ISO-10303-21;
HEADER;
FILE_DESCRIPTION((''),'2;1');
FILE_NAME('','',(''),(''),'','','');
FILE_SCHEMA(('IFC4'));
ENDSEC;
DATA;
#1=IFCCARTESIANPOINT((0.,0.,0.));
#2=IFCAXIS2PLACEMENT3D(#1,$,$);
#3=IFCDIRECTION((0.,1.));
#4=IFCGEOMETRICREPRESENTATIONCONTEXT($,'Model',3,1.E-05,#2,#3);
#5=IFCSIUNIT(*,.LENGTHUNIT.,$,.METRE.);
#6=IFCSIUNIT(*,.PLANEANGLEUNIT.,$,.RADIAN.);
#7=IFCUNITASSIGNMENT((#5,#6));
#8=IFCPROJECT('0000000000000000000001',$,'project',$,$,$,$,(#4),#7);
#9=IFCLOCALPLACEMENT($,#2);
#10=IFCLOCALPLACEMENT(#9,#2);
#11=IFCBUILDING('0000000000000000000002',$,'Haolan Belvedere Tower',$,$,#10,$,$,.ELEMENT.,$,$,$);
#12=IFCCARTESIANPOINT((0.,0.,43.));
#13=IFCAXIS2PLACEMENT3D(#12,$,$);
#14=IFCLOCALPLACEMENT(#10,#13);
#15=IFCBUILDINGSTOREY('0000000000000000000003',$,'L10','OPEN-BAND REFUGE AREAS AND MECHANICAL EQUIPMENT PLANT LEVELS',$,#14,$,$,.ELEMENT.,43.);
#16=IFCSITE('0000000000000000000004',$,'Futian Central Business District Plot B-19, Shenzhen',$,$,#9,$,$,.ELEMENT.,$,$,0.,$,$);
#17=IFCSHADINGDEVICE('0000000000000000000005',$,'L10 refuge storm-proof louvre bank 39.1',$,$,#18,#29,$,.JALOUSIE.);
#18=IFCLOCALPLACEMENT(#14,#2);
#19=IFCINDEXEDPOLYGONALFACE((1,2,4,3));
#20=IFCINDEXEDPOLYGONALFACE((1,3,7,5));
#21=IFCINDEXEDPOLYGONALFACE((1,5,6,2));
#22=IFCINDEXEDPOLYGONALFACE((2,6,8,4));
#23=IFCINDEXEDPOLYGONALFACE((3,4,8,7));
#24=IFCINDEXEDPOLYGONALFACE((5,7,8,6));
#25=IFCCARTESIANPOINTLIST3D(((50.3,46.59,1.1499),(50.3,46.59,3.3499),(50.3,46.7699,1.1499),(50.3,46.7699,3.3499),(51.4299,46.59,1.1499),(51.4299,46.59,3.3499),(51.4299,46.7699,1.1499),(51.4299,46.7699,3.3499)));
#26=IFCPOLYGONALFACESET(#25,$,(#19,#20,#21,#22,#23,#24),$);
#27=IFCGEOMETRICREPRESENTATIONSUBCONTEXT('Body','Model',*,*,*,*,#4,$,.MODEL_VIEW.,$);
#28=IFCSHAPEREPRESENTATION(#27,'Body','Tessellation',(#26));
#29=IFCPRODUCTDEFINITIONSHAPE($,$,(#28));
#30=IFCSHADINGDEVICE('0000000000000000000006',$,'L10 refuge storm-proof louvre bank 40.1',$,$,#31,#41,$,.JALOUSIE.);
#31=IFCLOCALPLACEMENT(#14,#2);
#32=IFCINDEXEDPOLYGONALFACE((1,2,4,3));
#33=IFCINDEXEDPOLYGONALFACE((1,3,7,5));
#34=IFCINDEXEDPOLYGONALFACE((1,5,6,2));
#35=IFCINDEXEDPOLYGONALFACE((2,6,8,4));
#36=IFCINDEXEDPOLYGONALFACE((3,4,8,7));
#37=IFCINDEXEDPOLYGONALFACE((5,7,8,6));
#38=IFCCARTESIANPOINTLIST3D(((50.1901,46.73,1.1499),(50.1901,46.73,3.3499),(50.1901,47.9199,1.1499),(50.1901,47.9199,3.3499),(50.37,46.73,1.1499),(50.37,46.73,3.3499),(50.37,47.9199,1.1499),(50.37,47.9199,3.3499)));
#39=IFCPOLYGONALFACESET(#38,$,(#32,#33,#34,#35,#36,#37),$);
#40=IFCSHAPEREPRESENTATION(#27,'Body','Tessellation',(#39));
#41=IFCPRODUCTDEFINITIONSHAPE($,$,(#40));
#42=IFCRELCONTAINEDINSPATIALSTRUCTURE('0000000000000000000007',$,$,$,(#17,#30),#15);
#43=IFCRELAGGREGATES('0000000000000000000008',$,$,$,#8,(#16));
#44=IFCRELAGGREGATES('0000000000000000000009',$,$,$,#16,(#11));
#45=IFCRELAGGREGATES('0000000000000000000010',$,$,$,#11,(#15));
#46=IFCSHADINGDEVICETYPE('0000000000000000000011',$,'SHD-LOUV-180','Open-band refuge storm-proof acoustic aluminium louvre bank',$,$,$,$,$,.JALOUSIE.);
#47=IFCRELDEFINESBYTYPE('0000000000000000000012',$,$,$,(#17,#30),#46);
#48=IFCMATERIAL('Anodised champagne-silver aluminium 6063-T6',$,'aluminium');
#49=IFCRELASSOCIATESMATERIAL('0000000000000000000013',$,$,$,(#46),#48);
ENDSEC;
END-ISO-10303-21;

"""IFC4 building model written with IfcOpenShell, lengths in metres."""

from ifc_helpers import new_model, si_unit, direction, frame, origin, origin_2d, place, context, subcontext, project, spatial, rectangle, extrude, material, type_object, element, save


model = new_model("IFC4")

# Units and contexts
model_context = context("Model", 3, precision=1e-05, world=origin(), true_north=direction((0.0, 1.0)))
body_context = subcontext(model_context, "Body", "Model", "MODEL_VIEW")
ifc_project = project(units=[si_unit("LENGTHUNIT", "METRE"), si_unit("PLANEANGLEUNIT", "RADIAN")], contexts=[model_context])

# Site, building, storey
site_placement = place(None, origin())
site = spatial("IfcSite", under=ifc_project, at=site_placement, Name="Futian Central Business District Plot B-19, Shenzhen", CompositionType="ELEMENT", RefElevation=0.0)
building_placement = place(site_placement, origin())
building = spatial("IfcBuilding", under=site, at=building_placement, Name="Haolan Belvedere Tower", CompositionType="ELEMENT")
storey_placement = place(building_placement, frame((0.0, 0.0, 43.0)))
storey = spatial("IfcBuildingStorey", under=building, at=storey_placement, Name="L10", Description="OPEN-BAND REFUGE AREAS AND MECHANICAL EQUIPMENT PLANT LEVELS", CompositionType="ELEMENT", Elevation=43.0)

# Shading devices
ifc_material_1 = material(Name="Anodised champagne-silver aluminium 6063-T6", Category="aluminium")
shading_device_type = type_object("IfcShadingDeviceType", Name="SHD-LOUV-180", Description="Open-band refuge storm-proof acoustic aluminium louvre bank", PredefinedType="JALOUSIE", material=ifc_material_1)
for number, where, z_axis, x_axis, name in (
    (1, (50.865, 46.6799, 1.1499), (0.0, 0.0, 1.0), (-1.0, 0.0, 0.0), "L10 refuge storm-proof louvre bank 39.1"),
):
    element("IfcShadingDevice", number, at=place(storey_placement, frame(where, z_axis=z_axis, x_axis=x_axis)), inside=storey, type_object=shading_device_type, Name=name, PredefinedType="JALOUSIE", context=body_context, shape_type="SweptSolid", body=[
        extrude(rectangle(XDim=1.1299, YDim=0.1799, at=origin_2d()), origin(), (0.0, 0.0, 1.0), 2.2),
    ])
shading_device_1_placement = place(storey_placement, frame((50.28, 47.325, 1.1499), z_axis=(0.0, 0.0, 1.0), x_axis=(0.0, 1.0, 0.0)))
element("IfcShadingDevice", 2, at=shading_device_1_placement, inside=storey, type_object=shading_device_type, Name="L10 refuge storm-proof louvre bank 40.1", PredefinedType="JALOUSIE", context=body_context, shape_type="SweptSolid", body=[
    extrude(rectangle(XDim=1.1899, YDim=0.1799, at=origin_2d()), origin(), (0.0, 0.0, 1.0), 2.2),
])

save(model, "model.ifc")
